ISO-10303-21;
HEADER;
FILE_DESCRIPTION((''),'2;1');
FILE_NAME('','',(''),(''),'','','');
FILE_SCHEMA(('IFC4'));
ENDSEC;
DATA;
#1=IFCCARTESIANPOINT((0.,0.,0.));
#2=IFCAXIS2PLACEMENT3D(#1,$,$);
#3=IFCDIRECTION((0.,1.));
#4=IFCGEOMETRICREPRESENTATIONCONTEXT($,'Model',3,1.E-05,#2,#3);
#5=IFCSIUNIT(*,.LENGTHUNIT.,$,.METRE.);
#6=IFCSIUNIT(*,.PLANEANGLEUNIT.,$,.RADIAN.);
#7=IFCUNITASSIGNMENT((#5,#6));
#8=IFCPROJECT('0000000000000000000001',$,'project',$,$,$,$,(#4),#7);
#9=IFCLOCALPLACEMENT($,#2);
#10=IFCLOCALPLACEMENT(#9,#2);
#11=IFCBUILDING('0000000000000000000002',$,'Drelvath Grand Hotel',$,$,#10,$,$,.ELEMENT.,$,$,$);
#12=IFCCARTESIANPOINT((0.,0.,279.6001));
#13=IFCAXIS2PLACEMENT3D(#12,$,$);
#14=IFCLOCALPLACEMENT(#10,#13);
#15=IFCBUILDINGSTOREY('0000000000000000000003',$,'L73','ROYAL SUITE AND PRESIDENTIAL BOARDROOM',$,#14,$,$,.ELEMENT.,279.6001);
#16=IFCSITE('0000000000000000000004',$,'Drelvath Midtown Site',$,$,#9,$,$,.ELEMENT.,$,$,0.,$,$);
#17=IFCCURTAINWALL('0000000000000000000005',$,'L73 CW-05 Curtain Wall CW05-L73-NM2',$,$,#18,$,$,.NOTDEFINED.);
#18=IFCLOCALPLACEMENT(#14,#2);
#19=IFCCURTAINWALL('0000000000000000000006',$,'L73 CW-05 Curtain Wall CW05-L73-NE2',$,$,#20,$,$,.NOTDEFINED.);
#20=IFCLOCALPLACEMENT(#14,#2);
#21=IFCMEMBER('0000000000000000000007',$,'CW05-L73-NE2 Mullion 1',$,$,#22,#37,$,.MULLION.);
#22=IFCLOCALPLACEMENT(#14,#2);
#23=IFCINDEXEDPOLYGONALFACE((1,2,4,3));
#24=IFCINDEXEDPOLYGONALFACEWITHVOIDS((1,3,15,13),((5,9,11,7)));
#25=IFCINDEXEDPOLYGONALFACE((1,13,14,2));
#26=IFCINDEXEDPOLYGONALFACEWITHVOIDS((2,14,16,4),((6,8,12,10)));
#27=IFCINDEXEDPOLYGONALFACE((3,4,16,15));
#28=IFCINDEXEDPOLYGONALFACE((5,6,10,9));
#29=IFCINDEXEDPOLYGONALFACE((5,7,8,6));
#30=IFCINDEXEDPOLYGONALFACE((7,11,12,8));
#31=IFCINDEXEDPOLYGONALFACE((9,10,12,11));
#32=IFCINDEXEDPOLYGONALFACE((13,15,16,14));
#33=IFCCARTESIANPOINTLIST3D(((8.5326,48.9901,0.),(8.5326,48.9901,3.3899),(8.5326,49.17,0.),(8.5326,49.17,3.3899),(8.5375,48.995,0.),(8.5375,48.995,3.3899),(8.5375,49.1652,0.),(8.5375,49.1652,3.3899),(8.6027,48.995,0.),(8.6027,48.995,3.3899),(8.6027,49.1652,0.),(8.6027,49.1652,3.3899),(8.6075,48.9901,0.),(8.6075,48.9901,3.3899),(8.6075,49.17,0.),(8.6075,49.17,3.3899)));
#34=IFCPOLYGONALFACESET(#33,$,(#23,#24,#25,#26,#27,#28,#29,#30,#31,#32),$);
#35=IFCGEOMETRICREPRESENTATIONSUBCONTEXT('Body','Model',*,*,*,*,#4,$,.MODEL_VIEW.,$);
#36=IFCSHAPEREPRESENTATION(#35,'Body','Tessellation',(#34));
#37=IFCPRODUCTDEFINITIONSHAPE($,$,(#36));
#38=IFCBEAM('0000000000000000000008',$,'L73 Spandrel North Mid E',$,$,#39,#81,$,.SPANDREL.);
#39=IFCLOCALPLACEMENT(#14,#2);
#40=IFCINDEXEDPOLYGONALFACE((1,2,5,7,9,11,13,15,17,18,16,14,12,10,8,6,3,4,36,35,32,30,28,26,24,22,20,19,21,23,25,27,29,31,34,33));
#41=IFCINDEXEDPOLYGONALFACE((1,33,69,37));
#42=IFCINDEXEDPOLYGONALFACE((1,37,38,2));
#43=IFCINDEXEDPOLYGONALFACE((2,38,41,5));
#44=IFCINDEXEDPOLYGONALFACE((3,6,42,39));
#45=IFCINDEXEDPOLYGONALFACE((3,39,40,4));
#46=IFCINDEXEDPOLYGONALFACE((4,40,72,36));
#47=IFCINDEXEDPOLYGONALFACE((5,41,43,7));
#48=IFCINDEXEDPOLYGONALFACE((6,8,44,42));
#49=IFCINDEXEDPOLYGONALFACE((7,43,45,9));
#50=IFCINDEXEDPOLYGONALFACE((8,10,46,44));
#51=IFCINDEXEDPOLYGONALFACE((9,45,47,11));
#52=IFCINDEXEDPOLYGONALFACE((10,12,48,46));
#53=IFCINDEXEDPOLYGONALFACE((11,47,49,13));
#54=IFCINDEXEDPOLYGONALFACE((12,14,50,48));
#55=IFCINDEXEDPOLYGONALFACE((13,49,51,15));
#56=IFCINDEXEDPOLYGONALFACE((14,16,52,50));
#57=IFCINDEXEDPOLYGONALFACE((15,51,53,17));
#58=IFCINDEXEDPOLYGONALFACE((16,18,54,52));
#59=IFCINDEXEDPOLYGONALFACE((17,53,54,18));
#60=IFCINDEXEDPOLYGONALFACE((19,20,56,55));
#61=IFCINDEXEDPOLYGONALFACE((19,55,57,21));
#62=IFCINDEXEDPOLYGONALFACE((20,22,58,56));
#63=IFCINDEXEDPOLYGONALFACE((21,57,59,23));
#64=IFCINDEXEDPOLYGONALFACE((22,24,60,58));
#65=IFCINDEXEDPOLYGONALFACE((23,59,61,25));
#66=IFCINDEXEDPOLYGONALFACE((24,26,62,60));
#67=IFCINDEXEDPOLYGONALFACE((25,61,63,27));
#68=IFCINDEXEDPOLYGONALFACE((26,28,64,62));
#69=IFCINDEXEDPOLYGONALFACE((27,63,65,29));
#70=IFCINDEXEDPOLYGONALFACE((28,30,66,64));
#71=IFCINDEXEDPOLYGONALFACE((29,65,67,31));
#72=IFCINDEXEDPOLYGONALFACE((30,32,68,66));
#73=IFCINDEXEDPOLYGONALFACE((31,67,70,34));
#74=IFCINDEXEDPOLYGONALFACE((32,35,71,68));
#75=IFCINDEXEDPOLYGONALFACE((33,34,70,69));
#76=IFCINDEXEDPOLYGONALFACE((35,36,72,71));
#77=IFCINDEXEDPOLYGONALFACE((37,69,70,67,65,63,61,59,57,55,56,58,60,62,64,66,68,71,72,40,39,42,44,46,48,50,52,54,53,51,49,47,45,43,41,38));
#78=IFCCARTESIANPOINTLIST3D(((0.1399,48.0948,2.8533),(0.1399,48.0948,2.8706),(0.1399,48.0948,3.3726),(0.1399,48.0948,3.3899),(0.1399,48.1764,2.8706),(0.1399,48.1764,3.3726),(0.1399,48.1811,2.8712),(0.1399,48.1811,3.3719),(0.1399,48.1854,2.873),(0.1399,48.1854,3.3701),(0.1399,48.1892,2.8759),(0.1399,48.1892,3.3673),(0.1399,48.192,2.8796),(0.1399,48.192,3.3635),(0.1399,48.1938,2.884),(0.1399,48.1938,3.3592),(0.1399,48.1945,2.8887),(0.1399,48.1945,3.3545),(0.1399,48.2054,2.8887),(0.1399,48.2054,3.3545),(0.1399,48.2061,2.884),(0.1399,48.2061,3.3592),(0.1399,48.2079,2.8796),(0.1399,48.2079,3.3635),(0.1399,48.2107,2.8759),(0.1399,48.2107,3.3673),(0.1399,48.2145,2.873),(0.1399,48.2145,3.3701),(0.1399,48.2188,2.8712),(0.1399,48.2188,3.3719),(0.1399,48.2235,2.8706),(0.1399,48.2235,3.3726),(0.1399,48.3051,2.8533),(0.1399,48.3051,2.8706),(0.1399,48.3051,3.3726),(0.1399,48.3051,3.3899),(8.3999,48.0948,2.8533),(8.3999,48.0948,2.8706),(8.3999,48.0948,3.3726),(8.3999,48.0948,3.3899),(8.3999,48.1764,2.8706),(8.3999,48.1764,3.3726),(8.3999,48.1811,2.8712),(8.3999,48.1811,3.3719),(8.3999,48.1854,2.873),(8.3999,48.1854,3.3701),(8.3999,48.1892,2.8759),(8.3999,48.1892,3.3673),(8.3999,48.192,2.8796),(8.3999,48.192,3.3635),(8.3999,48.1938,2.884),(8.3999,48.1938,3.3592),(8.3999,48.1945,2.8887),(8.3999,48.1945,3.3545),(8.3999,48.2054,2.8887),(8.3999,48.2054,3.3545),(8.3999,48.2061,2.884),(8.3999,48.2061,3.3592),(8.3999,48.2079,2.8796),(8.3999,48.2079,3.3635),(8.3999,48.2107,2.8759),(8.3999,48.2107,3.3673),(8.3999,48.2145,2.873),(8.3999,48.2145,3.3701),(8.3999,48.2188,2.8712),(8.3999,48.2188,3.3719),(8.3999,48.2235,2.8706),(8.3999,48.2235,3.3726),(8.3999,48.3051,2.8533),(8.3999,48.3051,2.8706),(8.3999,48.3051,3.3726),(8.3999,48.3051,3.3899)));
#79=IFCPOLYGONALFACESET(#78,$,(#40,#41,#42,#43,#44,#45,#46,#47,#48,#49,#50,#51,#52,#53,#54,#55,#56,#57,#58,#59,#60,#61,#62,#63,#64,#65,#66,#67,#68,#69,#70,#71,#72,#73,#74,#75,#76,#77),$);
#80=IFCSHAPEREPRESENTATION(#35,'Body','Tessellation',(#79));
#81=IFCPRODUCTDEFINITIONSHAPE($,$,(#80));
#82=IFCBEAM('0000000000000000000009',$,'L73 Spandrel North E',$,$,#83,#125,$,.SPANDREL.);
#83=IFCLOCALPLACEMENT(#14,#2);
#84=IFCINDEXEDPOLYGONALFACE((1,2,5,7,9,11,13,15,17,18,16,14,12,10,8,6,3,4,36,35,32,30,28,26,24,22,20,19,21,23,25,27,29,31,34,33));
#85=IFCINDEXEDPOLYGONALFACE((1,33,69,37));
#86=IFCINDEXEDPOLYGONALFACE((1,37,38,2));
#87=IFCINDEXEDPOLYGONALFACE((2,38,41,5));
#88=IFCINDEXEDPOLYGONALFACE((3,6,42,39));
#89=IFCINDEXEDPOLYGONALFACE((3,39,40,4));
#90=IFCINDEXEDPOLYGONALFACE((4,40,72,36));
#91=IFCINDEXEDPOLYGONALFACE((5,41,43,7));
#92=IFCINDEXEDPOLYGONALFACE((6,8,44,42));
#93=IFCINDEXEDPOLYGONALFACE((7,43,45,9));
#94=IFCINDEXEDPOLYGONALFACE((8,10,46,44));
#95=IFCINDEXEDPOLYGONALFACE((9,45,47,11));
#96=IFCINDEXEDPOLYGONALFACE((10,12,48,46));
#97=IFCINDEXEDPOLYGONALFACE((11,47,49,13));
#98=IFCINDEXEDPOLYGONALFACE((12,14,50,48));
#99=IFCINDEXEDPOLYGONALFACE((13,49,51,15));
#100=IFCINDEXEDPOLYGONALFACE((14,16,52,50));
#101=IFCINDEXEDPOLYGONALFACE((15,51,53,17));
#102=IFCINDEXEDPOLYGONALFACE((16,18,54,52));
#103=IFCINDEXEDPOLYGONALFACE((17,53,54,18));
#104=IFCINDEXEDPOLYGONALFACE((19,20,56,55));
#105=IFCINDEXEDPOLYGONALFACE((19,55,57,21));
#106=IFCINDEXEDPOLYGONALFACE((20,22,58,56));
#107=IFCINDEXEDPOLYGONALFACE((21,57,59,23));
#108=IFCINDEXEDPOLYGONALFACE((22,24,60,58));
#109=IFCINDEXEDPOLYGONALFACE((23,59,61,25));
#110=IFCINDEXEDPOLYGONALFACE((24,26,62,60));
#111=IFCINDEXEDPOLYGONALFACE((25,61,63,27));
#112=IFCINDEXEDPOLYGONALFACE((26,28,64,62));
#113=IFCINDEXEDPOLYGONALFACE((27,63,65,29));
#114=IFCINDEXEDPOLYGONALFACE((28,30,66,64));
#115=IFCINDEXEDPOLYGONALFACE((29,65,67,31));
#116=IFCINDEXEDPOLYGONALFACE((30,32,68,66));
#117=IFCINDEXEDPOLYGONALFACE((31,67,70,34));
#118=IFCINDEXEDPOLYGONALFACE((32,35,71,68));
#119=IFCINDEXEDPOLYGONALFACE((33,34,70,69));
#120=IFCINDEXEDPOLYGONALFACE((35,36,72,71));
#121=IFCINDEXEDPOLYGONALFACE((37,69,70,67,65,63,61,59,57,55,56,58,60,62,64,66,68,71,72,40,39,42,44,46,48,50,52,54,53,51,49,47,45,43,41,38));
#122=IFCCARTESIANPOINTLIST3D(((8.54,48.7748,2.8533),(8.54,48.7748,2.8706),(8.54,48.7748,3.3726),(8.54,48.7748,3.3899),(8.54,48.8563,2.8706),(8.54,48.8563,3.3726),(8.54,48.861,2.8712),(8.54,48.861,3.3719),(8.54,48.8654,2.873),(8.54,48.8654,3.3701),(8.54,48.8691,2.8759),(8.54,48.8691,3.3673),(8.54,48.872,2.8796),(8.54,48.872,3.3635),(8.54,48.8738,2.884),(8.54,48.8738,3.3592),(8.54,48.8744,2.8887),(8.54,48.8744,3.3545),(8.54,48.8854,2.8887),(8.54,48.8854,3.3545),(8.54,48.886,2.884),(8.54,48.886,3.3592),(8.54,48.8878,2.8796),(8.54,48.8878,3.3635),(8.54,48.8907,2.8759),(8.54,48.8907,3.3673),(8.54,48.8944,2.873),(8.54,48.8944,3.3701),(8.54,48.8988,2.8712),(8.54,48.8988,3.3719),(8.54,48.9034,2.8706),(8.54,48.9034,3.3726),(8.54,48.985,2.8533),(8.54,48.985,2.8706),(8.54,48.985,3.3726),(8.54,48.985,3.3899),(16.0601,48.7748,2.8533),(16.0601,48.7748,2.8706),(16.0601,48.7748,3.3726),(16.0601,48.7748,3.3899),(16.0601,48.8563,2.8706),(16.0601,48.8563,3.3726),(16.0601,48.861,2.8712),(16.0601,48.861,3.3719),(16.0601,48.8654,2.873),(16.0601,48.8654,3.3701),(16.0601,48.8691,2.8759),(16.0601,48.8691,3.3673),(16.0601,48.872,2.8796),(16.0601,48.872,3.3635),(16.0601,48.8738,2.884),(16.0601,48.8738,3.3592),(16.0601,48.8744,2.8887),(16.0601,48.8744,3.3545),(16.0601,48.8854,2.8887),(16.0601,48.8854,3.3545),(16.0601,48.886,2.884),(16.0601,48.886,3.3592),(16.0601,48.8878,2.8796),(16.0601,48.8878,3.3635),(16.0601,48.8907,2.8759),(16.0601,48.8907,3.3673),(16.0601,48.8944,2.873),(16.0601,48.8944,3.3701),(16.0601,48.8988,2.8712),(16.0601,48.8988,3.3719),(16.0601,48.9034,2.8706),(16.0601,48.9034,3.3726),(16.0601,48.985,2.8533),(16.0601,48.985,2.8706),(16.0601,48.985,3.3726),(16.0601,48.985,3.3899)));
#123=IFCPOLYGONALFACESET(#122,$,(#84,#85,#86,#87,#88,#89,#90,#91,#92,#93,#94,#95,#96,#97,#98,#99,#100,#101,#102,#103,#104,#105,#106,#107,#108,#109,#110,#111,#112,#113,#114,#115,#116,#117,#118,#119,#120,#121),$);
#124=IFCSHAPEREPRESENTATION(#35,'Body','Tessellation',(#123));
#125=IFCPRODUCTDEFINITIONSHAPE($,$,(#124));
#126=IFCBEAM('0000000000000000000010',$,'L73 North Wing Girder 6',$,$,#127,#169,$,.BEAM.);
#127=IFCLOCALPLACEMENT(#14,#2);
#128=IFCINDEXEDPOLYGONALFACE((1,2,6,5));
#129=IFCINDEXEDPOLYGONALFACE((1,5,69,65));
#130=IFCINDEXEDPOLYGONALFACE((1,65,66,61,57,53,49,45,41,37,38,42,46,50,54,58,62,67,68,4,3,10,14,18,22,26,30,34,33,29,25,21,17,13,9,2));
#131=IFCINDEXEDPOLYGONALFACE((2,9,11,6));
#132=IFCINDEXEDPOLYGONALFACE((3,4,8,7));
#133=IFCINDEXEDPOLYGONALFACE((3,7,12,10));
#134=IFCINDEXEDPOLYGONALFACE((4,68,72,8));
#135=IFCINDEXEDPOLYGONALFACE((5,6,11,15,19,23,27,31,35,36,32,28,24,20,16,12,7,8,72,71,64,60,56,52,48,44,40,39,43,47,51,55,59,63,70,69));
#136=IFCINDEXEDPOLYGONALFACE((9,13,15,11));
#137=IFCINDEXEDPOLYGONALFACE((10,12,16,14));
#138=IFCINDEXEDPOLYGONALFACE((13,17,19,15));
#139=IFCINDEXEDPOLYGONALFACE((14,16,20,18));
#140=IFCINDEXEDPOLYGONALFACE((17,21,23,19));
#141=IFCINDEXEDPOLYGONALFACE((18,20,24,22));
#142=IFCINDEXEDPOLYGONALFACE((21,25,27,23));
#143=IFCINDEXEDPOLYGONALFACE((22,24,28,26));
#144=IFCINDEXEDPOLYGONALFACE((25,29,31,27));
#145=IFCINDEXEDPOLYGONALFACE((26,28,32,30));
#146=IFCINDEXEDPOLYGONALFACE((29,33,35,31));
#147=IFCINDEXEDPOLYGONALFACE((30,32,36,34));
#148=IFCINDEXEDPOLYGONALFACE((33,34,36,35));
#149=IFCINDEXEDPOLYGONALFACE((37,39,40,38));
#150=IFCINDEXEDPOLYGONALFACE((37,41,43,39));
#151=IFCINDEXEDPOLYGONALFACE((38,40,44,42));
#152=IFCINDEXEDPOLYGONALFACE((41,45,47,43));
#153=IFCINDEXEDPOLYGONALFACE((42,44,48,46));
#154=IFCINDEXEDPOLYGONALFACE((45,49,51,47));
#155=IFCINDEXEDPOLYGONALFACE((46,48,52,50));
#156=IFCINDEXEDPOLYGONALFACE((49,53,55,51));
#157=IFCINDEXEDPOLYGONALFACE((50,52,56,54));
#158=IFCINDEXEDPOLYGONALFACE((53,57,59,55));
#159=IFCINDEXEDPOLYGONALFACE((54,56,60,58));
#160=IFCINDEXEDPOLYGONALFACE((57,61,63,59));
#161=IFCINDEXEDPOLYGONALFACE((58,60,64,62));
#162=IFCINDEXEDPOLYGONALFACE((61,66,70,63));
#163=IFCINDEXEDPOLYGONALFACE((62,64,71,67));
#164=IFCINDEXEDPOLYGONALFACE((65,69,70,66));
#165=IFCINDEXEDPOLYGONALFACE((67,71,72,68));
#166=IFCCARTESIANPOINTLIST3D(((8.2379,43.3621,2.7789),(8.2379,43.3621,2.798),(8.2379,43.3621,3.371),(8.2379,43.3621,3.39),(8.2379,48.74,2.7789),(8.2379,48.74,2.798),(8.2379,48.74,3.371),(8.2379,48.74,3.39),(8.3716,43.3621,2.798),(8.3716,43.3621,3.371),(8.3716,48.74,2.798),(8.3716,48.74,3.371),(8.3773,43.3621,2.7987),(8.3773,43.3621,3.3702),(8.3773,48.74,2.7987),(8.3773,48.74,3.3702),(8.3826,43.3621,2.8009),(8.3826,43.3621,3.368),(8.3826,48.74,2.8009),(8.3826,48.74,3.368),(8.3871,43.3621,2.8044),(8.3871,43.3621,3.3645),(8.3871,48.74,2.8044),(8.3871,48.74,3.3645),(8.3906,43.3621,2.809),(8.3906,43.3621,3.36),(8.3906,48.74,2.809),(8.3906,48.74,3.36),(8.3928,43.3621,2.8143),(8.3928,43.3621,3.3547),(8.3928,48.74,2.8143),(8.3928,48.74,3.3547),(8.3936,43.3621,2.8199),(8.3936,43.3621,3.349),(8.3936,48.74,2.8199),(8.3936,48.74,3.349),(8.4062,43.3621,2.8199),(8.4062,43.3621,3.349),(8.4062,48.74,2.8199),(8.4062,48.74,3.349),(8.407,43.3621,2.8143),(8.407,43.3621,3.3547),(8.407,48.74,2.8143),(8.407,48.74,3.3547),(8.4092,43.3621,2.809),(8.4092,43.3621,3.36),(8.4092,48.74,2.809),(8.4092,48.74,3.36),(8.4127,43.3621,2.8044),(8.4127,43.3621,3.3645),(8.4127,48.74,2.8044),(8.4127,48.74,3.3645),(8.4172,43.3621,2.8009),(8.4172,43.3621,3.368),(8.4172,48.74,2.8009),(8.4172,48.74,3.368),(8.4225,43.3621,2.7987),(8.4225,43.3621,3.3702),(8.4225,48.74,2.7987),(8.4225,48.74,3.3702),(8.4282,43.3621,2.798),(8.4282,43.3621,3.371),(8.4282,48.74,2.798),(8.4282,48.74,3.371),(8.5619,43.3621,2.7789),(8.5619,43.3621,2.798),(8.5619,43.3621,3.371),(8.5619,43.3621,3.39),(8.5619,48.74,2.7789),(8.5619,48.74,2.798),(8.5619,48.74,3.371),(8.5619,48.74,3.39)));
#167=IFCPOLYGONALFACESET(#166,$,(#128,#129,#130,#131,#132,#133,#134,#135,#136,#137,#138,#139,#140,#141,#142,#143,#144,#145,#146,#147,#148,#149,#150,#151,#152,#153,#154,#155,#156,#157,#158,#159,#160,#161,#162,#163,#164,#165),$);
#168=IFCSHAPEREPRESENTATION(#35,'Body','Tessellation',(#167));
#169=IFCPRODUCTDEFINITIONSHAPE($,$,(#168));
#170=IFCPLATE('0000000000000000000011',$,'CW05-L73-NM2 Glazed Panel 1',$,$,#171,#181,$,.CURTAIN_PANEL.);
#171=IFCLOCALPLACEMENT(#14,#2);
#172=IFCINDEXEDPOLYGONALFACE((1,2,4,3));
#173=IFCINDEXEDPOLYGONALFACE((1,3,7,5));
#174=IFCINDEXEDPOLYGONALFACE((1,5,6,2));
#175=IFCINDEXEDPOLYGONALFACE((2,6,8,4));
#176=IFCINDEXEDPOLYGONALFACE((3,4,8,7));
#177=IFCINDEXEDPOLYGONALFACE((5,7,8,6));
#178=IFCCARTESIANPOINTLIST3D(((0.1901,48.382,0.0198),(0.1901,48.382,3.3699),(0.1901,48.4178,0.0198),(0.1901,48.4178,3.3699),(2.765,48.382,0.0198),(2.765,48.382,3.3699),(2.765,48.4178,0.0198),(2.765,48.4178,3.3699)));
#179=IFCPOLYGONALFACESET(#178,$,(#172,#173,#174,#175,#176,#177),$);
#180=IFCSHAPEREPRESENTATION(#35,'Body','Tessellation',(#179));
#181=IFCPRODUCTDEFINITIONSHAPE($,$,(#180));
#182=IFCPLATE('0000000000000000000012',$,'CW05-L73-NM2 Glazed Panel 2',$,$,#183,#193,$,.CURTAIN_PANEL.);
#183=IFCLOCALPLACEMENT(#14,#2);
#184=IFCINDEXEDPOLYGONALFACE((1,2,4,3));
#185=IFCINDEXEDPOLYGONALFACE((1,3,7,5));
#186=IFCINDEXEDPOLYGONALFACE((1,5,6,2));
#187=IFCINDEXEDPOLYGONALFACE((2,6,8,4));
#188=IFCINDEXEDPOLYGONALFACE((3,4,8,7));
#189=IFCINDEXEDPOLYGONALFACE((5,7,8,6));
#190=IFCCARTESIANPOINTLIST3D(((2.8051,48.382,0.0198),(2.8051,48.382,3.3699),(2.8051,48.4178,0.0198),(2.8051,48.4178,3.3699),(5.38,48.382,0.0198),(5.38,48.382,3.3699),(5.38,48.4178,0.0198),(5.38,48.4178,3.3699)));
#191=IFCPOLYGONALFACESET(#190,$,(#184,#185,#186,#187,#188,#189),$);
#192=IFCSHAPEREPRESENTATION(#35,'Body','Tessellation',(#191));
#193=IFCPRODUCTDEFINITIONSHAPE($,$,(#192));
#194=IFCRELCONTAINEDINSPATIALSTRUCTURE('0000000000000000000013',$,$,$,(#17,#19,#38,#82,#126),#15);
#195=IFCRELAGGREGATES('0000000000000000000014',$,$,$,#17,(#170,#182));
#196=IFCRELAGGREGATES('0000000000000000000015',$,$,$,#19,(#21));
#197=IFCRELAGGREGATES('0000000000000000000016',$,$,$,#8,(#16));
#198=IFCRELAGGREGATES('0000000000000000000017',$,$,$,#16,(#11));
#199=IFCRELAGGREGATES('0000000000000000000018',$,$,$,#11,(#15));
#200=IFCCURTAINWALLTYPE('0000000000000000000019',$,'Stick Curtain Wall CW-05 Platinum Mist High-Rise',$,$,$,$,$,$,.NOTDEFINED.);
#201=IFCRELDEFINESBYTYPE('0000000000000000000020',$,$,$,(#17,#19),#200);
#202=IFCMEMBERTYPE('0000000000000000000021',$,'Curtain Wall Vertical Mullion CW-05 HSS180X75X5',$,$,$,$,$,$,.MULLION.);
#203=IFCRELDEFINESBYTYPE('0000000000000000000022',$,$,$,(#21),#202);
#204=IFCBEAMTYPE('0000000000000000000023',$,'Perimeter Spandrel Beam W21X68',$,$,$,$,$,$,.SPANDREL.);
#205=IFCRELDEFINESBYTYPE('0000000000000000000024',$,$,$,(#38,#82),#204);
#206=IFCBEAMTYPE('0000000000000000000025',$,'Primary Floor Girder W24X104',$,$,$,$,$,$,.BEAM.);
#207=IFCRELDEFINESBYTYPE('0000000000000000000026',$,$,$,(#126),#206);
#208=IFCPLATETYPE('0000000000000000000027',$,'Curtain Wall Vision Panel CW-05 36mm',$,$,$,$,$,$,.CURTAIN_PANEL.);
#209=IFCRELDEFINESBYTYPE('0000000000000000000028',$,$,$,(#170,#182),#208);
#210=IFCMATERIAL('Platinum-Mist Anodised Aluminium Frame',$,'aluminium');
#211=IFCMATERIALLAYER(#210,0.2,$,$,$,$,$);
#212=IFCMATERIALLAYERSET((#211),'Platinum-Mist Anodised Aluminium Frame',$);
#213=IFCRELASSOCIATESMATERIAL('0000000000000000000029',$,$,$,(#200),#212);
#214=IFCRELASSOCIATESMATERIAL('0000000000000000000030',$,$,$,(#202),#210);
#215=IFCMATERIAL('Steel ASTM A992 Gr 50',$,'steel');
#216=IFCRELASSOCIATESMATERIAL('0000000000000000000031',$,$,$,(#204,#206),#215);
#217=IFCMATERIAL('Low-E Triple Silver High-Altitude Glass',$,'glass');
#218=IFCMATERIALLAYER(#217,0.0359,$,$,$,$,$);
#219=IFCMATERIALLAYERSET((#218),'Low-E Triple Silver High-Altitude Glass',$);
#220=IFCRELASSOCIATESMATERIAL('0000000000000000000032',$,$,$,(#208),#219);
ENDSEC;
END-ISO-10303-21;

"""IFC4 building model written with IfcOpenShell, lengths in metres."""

from ifc_helpers import new_model, si_unit, direction, frame, origin, origin_2d, place, context, subcontext, project, spatial, rectangle, hollow_rectangle, i_section, extrude, material, layer, layer_set, material_profile, profile_set, type_object, element, aggregate, save


model = new_model("IFC4")

# Units and contexts
model_context = context("Model", 3, precision=1e-05, world=origin(), true_north=direction((0.0, 1.0)))
body_context = subcontext(model_context, "Body", "Model", "MODEL_VIEW")
ifc_project = project(units=[si_unit("LENGTHUNIT", "METRE"), si_unit("PLANEANGLEUNIT", "RADIAN")], contexts=[model_context])

# Site, building, storey
site_placement = place(None, origin())
site = spatial("IfcSite", under=ifc_project, at=site_placement, Name="Drelvath Midtown Site", CompositionType="ELEMENT", RefElevation=0.0)
building_placement = place(site_placement, origin())
building = spatial("IfcBuilding", under=site, at=building_placement, Name="Drelvath Grand Hotel", CompositionType="ELEMENT")
storey_placement = place(building_placement, frame((0.0, 0.0, 279.6001)))
storey = spatial("IfcBuildingStorey", under=building, at=storey_placement, Name="L73", Description="ROYAL SUITE AND PRESIDENTIAL BOARDROOM", CompositionType="ELEMENT", Elevation=279.6001)

# Curtain walls
ifc_material_1 = material(Name="Platinum-Mist Anodised Aluminium Frame", Category="aluminium")
ifc_layer_1 = layer(ifc_material_1, 0.2)
ifc_layer_set_1 = layer_set([ifc_layer_1], Name="Platinum-Mist Anodised Aluminium Frame")
curtain_wall_type = type_object("IfcCurtainWallType", Name="Stick Curtain Wall CW-05 Platinum Mist High-Rise", PredefinedType="NOTDEFINED", material=ifc_layer_set_1)
curtain_wall_1_placement = place(storey_placement, origin())
curtain_wall_1 = element("IfcCurtainWall", 1, at=curtain_wall_1_placement, inside=storey, type_object=curtain_wall_type, Name="L73 CW-05 Curtain Wall CW05-L73-NM2", PredefinedType="NOTDEFINED")
curtain_wall_2_placement = place(storey_placement, origin())
curtain_wall_2 = element("IfcCurtainWall", 2, at=curtain_wall_2_placement, inside=storey, type_object=curtain_wall_type, Name="L73 CW-05 Curtain Wall CW05-L73-NE2", PredefinedType="NOTDEFINED")

# Member
ifc_material_profile_1 = material_profile(ifc_material_1, hollow_rectangle(XDim=0.075, YDim=0.1799, WallThickness=0.0049, at=origin_2d()), Name="HSS180X75X5")
ifc_profile_set_1 = profile_set([ifc_material_profile_1], Name="Platinum-Mist Anodised Aluminium Frame")
member_type_1 = type_object("IfcMemberType", Name="Curtain Wall Vertical Mullion CW-05 HSS180X75X5", PredefinedType="MULLION", material=ifc_profile_set_1)
member_1_placement = place(storey_placement, frame((8.5701, 49.0801, 0.0), z_axis=(0.0, 0.0, 1.0), x_axis=(1.0, 0.0, 0.0)))
member_1 = element("IfcMember", 3, at=member_1_placement, type_object=member_type_1, Name="CW05-L73-NE2 Mullion 1", PredefinedType="MULLION", context=body_context, shape_type="SweptSolid", body=[
    extrude(hollow_rectangle(XDim=0.075, YDim=0.1799, WallThickness=0.0049, at=origin_2d()), origin(), (0.0, 0.0, 1.0), 3.3899),
])

# Beams
ifc_material_2 = material(Name="Steel ASTM A992 Gr 50", Category="steel")
ifc_material_profile_2 = material_profile(ifc_material_2, i_section(OverallWidth=0.2102, OverallDepth=0.5366, WebThickness=0.011, FlangeThickness=0.0173, FilletRadius=0.0181, at=origin_2d()), Name="W21X68")
ifc_profile_set_2 = profile_set([ifc_material_profile_2], Name="Steel ASTM A992 Gr 50")
beam_type_1 = type_object("IfcBeamType", Name="Perimeter Spandrel Beam W21X68", PredefinedType="SPANDREL", material=ifc_profile_set_2)
beam_1_placement = place(storey_placement, frame((0.1399, 48.2, 3.1216), z_axis=(1.0, 0.0, 0.0), x_axis=(0.0, 1.0, 0.0)))
element("IfcBeam", 4, at=beam_1_placement, inside=storey, type_object=beam_type_1, Name="L73 Spandrel North Mid E", PredefinedType="SPANDREL", context=body_context, shape_type="SweptSolid", body=[
    extrude(i_section(OverallWidth=0.2102, OverallDepth=0.5366, WebThickness=0.011, FlangeThickness=0.0173, FilletRadius=0.0181, at=origin_2d()), origin(), (0.0, 0.0, 1.0), 8.26),
])
beam_2_placement = place(storey_placement, frame((8.54, 48.8799, 3.1216), z_axis=(1.0, 0.0, 0.0), x_axis=(0.0, 1.0, 0.0)))
element("IfcBeam", 5, at=beam_2_placement, inside=storey, type_object=beam_type_1, Name="L73 Spandrel North E", PredefinedType="SPANDREL", context=body_context, shape_type="SweptSolid", body=[
    extrude(i_section(OverallWidth=0.2102, OverallDepth=0.5366, WebThickness=0.011, FlangeThickness=0.0173, FilletRadius=0.0181, at=origin_2d()), origin(), (0.0, 0.0, 1.0), 7.52),
])
ifc_material_profile_3 = material_profile(ifc_material_2, i_section(OverallWidth=0.324, OverallDepth=0.6111, WebThickness=0.0127, FlangeThickness=0.019, FilletRadius=0.022, at=origin_2d()), Name="W24X104")
ifc_profile_set_3 = profile_set([ifc_material_profile_3], Name="Steel ASTM A992 Gr 50")
beam_type_2 = type_object("IfcBeamType", Name="Primary Floor Girder W24X104", PredefinedType="BEAM", material=ifc_profile_set_3)
beam_3_placement = place(storey_placement, frame((8.3999, 43.3621, 3.0845), z_axis=(0.0, 1.0, 0.0), x_axis=(-1.0, 0.0, 0.0)))
element("IfcBeam", 6, at=beam_3_placement, inside=storey, type_object=beam_type_2, Name="L73 North Wing Girder 6", PredefinedType="BEAM", context=body_context, shape_type="SweptSolid", body=[
    extrude(i_section(OverallWidth=0.324, OverallDepth=0.6111, WebThickness=0.0127, FlangeThickness=0.019, FilletRadius=0.022, at=origin_2d()), origin(), (0.0, 0.0, 1.0), 5.3779),
])

# Plates
ifc_material_3 = material(Name="Low-E Triple Silver High-Altitude Glass", Category="glass")
ifc_layer_2 = layer(ifc_material_3, 0.0359)
ifc_layer_set_2 = layer_set([ifc_layer_2], Name="Low-E Triple Silver High-Altitude Glass")
plate_type = type_object("IfcPlateType", Name="Curtain Wall Vision Panel CW-05 36mm", PredefinedType="CURTAIN_PANEL", material=ifc_layer_set_2)
plate_1_placement = place(storey_placement, frame((1.4775, 48.3999, 0.0198), z_axis=(0.0, 0.0, 1.0), x_axis=(1.0, 0.0, 0.0)))
plate_1 = element("IfcPlate", 7, at=plate_1_placement, type_object=plate_type, Name="CW05-L73-NM2 Glazed Panel 1", PredefinedType="CURTAIN_PANEL", context=body_context, shape_type="SweptSolid", body=[
    extrude(rectangle(XDim=2.575, YDim=0.0359, at=origin_2d()), origin(), (0.0, 0.0, 1.0), 3.3501),
])
plate_2_placement = place(storey_placement, frame((4.0925, 48.3999, 0.0198), z_axis=(0.0, 0.0, 1.0), x_axis=(1.0, 0.0, 0.0)))
plate_2 = element("IfcPlate", 8, at=plate_2_placement, type_object=plate_type, Name="CW05-L73-NM2 Glazed Panel 2", PredefinedType="CURTAIN_PANEL", context=body_context, shape_type="SweptSolid", body=[
    extrude(rectangle(XDim=2.575, YDim=0.0359, at=origin_2d()), origin(), (0.0, 0.0, 1.0), 3.3501),
])
aggregate(curtain_wall_1, [plate_1, plate_2])
aggregate(curtain_wall_2, [member_1])

save(model, "model.ifc")
